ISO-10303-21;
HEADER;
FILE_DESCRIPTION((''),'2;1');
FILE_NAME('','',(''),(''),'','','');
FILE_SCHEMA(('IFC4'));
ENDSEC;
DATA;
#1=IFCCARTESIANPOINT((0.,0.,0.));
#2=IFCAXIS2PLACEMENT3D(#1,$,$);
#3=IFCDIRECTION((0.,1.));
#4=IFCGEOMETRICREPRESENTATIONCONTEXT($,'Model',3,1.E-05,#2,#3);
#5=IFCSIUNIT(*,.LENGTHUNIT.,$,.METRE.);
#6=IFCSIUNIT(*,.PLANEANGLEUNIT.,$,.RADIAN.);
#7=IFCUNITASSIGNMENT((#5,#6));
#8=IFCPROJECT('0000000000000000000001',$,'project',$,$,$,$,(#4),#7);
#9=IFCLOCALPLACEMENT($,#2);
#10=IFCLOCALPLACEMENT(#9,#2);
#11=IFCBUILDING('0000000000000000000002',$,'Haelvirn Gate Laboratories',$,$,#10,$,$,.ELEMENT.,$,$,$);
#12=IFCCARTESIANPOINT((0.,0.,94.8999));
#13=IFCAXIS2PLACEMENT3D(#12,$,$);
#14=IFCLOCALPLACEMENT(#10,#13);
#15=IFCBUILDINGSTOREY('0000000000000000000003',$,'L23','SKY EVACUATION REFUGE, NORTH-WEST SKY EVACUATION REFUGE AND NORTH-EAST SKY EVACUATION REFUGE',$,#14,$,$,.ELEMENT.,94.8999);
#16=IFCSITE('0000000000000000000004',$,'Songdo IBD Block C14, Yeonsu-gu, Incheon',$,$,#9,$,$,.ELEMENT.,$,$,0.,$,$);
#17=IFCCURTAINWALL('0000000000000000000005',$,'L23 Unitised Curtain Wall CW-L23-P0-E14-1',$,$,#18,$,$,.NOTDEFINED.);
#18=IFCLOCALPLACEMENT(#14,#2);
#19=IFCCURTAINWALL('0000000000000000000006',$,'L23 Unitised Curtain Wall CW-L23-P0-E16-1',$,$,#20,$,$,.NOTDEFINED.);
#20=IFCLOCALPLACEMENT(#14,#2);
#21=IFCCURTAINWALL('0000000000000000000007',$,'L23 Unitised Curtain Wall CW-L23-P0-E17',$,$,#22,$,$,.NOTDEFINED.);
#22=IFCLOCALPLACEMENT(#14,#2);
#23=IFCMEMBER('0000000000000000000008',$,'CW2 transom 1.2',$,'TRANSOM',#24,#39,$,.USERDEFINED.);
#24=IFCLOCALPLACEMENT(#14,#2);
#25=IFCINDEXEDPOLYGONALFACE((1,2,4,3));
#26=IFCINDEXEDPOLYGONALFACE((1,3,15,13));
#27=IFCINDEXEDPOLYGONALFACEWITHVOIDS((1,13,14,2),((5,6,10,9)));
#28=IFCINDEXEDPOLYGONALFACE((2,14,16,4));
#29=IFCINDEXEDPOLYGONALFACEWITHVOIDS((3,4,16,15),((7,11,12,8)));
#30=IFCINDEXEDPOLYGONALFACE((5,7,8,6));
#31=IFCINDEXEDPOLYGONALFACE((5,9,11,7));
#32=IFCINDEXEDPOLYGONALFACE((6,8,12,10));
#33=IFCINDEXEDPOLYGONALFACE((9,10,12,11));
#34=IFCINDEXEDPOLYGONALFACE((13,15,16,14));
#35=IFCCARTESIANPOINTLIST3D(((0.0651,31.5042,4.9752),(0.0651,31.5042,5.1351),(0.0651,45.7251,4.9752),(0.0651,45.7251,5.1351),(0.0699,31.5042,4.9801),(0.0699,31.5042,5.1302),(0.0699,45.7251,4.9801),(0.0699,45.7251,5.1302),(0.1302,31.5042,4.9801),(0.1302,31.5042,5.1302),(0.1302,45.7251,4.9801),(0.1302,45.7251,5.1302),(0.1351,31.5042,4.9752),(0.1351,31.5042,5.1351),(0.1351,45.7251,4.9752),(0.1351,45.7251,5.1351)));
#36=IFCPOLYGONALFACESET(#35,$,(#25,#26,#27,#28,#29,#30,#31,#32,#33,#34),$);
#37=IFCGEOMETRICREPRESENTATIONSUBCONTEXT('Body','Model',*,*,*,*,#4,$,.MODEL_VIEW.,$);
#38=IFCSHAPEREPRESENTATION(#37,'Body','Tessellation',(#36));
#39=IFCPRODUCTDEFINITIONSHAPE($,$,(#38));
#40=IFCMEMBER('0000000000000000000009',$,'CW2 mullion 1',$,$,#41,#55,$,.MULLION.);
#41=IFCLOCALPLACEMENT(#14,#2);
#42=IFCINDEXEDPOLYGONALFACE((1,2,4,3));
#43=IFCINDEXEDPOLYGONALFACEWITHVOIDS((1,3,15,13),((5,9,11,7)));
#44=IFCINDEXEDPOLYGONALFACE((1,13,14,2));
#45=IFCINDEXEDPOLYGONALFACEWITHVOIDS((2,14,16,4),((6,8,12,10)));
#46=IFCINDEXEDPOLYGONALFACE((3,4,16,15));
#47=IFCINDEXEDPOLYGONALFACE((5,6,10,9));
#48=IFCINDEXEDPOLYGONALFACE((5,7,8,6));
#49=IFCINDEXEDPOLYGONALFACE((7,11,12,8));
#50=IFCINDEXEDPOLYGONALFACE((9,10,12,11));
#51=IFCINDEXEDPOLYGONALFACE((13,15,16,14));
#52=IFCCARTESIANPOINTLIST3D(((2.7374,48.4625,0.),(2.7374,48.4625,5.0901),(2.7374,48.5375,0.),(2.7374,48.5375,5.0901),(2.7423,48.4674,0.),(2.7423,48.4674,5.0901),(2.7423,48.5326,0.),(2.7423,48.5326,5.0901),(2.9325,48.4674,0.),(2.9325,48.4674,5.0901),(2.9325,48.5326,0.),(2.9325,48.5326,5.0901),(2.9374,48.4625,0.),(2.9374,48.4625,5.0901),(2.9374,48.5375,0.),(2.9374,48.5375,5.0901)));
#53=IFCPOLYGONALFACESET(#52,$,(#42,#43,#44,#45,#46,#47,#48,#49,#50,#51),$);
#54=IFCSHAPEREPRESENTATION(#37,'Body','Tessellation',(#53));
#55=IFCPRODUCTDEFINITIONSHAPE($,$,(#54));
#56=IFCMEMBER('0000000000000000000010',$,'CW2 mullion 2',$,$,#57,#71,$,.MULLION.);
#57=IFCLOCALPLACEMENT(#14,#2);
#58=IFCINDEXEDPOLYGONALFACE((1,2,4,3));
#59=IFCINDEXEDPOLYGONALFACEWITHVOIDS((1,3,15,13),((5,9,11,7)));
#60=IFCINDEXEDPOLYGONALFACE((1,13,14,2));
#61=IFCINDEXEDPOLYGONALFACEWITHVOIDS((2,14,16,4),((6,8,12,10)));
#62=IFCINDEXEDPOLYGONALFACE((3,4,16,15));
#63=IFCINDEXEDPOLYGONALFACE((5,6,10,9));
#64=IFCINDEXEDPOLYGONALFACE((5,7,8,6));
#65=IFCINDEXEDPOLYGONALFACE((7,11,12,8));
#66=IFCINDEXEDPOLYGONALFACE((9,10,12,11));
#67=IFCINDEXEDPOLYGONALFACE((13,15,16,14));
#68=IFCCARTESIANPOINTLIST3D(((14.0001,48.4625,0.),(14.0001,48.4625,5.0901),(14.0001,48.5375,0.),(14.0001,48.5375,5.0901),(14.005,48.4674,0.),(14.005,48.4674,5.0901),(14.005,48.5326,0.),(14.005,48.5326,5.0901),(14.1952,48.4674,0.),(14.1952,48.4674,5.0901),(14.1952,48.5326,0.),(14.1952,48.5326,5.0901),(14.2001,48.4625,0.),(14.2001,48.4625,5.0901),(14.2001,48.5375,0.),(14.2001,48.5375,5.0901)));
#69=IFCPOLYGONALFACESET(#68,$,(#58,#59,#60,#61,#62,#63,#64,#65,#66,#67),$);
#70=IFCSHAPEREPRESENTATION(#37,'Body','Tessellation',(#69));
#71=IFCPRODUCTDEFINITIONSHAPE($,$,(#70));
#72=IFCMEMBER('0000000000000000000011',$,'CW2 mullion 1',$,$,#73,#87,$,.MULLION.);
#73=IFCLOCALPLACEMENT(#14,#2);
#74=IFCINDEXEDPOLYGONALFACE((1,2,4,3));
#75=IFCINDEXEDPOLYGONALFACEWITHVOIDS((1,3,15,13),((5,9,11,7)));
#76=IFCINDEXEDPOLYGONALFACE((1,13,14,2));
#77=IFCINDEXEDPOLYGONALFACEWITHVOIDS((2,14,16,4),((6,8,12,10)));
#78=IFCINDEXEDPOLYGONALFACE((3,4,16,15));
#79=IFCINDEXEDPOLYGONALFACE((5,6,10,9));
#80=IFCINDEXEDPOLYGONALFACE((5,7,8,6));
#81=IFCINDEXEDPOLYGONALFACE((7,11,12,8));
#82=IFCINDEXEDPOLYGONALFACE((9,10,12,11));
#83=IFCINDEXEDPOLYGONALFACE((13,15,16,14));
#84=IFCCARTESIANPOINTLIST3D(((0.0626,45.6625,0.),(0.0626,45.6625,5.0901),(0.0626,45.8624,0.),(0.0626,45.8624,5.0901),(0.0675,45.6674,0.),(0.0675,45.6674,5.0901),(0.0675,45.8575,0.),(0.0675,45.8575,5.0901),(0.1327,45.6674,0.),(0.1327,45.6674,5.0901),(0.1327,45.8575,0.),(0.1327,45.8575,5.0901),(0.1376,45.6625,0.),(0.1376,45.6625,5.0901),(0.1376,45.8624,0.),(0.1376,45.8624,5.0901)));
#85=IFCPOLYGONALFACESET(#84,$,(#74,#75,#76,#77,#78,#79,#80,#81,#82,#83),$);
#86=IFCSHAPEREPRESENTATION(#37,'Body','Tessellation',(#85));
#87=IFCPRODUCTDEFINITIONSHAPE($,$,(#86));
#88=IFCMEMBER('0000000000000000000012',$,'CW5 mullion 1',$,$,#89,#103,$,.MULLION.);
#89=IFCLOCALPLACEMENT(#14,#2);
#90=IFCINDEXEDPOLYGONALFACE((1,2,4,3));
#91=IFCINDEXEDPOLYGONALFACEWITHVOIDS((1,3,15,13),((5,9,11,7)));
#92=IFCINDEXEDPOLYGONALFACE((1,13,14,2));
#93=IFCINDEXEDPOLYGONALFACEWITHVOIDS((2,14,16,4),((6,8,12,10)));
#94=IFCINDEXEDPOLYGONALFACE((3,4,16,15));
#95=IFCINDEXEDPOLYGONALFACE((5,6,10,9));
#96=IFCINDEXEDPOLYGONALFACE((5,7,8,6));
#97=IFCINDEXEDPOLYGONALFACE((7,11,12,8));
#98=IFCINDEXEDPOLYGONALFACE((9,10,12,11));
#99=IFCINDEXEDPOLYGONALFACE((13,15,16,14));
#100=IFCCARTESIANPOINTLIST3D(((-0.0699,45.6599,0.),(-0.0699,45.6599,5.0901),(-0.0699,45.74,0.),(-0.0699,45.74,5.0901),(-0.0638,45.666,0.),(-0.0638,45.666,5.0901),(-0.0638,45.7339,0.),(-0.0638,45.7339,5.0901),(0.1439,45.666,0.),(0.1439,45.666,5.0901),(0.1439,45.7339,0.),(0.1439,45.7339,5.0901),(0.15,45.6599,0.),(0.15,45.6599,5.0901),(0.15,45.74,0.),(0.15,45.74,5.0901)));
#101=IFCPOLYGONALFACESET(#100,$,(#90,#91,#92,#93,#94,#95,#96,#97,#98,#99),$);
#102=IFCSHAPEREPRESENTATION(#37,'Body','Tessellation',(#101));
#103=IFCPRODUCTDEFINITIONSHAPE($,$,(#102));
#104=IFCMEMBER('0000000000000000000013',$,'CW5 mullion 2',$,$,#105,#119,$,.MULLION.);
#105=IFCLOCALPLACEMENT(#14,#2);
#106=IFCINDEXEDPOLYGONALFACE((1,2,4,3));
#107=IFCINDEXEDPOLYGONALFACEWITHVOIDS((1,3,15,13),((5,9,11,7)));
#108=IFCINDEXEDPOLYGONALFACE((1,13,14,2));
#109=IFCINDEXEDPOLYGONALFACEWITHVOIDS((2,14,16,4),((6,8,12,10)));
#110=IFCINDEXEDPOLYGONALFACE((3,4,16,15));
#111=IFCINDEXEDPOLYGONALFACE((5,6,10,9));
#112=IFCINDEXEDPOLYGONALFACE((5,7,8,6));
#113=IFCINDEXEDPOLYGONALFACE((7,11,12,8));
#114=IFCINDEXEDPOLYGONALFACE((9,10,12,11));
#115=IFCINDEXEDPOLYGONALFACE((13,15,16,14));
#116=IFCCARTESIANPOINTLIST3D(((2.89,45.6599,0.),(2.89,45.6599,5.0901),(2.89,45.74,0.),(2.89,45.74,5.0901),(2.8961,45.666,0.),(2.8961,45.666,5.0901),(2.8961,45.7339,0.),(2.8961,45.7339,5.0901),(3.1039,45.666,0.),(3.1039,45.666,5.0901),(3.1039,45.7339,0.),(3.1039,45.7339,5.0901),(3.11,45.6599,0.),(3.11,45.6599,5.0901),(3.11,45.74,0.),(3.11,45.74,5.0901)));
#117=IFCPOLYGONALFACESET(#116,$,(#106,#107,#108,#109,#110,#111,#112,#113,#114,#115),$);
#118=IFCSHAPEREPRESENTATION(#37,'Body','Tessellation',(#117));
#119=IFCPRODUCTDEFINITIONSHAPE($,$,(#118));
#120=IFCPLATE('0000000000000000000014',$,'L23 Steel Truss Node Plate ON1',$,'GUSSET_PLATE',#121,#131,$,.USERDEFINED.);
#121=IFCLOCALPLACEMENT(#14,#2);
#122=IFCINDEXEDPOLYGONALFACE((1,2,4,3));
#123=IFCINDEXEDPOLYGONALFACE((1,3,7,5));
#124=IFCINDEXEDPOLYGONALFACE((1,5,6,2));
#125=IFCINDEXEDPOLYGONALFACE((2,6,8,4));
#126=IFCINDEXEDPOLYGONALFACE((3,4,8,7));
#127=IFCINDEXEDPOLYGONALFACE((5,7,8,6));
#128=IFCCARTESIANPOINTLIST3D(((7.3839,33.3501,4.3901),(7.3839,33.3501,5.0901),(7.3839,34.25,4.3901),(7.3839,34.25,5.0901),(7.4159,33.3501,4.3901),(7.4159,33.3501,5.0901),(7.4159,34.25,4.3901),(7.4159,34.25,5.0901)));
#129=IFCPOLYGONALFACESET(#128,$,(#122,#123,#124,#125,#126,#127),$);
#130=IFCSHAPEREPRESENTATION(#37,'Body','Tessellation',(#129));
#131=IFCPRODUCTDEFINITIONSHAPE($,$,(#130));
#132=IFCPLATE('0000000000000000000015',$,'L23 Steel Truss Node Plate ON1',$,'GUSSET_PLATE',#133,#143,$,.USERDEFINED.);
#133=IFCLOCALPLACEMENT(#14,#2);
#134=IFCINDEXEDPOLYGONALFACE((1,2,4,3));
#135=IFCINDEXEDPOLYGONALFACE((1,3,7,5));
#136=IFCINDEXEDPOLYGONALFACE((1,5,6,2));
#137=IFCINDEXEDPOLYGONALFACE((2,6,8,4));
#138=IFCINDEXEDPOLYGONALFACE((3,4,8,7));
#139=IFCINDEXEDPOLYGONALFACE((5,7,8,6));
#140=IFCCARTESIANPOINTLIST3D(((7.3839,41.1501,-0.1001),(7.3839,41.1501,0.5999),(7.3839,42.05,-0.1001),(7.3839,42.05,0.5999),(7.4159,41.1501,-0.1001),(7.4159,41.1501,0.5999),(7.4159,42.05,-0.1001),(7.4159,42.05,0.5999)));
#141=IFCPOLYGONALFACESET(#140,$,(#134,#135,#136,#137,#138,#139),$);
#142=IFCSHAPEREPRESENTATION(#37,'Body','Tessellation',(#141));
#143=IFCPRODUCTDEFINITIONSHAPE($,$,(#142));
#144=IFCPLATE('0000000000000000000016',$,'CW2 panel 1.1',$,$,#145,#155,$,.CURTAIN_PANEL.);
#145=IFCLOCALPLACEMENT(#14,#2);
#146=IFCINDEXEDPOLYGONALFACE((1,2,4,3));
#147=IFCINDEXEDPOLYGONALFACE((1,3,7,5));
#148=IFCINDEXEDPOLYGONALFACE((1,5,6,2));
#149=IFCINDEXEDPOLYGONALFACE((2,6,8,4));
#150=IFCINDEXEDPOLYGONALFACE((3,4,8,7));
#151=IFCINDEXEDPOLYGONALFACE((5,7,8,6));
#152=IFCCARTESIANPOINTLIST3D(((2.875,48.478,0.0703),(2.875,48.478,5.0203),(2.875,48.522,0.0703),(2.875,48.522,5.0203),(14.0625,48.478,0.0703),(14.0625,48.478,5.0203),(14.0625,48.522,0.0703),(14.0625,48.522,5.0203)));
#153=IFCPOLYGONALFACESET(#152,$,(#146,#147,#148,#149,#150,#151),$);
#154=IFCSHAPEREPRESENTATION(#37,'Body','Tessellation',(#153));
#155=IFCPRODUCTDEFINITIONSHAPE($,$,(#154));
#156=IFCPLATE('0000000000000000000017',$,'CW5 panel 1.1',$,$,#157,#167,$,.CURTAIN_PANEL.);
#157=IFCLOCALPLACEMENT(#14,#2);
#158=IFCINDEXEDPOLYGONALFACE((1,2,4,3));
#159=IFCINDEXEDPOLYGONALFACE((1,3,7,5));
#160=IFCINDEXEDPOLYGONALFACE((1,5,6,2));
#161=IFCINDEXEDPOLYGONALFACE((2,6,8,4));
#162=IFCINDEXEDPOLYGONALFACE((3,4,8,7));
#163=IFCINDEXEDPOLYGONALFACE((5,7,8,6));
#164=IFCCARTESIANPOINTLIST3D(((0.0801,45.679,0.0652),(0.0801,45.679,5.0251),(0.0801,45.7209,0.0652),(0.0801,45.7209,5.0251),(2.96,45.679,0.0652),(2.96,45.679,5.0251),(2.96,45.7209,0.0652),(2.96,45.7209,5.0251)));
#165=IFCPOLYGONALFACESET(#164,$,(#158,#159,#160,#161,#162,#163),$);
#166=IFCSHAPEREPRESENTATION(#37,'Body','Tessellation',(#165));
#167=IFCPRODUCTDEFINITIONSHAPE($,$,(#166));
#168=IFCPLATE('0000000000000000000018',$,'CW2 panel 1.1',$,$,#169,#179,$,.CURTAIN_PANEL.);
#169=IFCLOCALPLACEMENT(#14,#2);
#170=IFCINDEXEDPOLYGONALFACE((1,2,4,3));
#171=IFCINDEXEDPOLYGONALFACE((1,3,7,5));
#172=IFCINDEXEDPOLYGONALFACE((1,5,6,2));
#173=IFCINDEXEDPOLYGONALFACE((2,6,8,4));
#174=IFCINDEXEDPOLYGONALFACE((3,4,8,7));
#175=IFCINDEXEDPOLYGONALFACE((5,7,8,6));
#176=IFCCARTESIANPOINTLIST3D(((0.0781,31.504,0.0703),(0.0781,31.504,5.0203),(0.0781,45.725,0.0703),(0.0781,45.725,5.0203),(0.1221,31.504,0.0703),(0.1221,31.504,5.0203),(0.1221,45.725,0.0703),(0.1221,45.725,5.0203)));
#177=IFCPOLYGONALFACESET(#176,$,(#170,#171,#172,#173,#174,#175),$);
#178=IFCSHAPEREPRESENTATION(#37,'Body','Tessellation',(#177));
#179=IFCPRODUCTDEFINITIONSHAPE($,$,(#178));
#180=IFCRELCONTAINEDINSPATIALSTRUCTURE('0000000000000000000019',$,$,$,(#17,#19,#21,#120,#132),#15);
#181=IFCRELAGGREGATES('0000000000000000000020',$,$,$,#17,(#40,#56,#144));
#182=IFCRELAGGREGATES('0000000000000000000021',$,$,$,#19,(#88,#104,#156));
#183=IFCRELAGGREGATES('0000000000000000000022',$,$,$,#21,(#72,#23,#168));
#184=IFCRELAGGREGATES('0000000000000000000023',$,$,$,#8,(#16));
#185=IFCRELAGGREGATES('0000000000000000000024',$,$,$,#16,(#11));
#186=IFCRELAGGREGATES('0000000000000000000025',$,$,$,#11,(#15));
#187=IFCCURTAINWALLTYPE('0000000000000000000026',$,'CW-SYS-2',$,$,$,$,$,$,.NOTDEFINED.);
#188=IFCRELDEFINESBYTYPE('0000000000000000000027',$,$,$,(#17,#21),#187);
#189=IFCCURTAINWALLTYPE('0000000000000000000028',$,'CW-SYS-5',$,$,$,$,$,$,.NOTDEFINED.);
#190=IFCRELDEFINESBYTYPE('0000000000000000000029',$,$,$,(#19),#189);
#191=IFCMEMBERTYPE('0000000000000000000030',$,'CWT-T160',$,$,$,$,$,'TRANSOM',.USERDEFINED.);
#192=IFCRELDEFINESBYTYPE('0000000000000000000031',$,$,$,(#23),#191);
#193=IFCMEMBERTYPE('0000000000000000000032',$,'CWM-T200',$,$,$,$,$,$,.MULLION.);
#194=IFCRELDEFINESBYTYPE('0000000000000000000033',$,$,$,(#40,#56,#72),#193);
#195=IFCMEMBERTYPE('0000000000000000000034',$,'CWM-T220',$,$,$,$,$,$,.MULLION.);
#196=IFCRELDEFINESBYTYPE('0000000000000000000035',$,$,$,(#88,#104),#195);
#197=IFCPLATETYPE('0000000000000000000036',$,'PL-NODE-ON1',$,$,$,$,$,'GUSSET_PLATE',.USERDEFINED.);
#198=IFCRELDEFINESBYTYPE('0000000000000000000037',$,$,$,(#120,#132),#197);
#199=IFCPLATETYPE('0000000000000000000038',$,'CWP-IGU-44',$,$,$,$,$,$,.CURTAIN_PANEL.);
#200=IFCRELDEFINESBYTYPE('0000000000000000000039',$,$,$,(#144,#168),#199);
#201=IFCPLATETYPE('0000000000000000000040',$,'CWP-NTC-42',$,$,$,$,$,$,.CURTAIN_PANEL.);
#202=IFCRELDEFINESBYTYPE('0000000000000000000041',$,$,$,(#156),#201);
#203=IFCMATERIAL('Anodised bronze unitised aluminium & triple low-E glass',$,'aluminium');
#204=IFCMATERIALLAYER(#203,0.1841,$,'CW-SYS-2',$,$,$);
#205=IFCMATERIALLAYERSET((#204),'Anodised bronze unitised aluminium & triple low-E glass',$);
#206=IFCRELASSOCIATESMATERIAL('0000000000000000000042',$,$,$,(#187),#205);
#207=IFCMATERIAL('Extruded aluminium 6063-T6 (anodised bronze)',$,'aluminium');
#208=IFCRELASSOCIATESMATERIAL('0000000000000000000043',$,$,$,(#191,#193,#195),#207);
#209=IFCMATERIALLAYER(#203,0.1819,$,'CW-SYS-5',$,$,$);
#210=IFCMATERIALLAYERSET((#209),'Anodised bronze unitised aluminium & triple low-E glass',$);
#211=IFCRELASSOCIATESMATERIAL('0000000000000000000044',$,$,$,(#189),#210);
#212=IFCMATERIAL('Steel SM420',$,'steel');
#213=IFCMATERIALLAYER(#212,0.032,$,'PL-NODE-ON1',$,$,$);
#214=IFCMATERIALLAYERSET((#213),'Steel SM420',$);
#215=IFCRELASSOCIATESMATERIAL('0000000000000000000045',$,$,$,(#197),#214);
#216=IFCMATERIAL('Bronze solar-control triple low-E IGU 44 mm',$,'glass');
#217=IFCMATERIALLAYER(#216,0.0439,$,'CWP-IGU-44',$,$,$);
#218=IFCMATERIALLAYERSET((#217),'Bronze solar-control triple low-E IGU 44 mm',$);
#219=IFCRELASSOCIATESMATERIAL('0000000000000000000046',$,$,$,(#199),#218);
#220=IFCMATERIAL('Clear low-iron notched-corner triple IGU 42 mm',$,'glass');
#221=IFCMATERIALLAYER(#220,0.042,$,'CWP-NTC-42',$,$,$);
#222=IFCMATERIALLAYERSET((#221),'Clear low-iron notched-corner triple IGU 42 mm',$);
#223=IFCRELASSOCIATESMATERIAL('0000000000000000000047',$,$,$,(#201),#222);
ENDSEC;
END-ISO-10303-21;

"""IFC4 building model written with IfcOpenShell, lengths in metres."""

from ifc_helpers import new_model, si_unit, direction, frame, origin, origin_2d, place, context, subcontext, project, spatial, rectangle, hollow_rectangle, extrude, source, transform, mapped, material, layer, layer_set, material_profile, profile_set, type_object, type_shapes, element, aggregate, save


model = new_model("IFC4")

# Units and contexts
model_context = context("Model", 3, precision=1e-05, world=origin(), true_north=direction((0.0, 1.0)))
body_context = subcontext(model_context, "Body", "Model", "MODEL_VIEW")
ifc_project = project(units=[si_unit("LENGTHUNIT", "METRE"), si_unit("PLANEANGLEUNIT", "RADIAN")], contexts=[model_context])

# Site, building, storey
site_placement = place(None, origin())
site = spatial("IfcSite", under=ifc_project, at=site_placement, Name="Songdo IBD Block C14, Yeonsu-gu, Incheon", CompositionType="ELEMENT", RefElevation=0.0)
building_placement = place(site_placement, origin())
building = spatial("IfcBuilding", under=site, at=building_placement, Name="Haelvirn Gate Laboratories", CompositionType="ELEMENT")
storey_placement = place(building_placement, frame((0.0, 0.0, 94.8999)))
storey = spatial("IfcBuildingStorey", under=building, at=storey_placement, Name="L23", Description="SKY EVACUATION REFUGE, NORTH-WEST SKY EVACUATION REFUGE AND NORTH-EAST SKY EVACUATION REFUGE", CompositionType="ELEMENT", Elevation=94.8999)

# Shared definitions
ifc_material_1 = material(Name="Steel SM420", Category="steel")

# Curtain walls, member
ifc_material_2 = material(Name="Anodised bronze unitised aluminium & triple low-E glass", Category="aluminium")
ifc_layer_1 = layer(ifc_material_2, 0.1841, Name="CW-SYS-2")
ifc_layer_set_1 = layer_set([ifc_layer_1], Name="Anodised bronze unitised aluminium & triple low-E glass")
curtain_wall_type_1 = type_object("IfcCurtainWallType", Name="CW-SYS-2", PredefinedType="NOTDEFINED", material=ifc_layer_set_1)
curtain_wall_1_placement = place(storey_placement, origin())
curtain_wall_1 = element("IfcCurtainWall", 1, at=curtain_wall_1_placement, inside=storey, type_object=curtain_wall_type_1, Name="L23 Unitised Curtain Wall CW-L23-P0-E14-1", PredefinedType="NOTDEFINED")
ifc_material_3 = material(Name="Extruded aluminium 6063-T6 (anodised bronze)", Category="aluminium")
ifc_material_profile_1 = material_profile(ifc_material_3, hollow_rectangle(XDim=0.0701, YDim=0.1599, WallThickness=0.0049, at=origin_2d()), Name="CWT-160x70x5")
ifc_profile_set_1 = profile_set([ifc_material_profile_1], Name="Extruded aluminium 6063-T6 (anodised bronze)")
member_type_1 = type_object("IfcMemberType", Name="CWT-T160", ElementType="TRANSOM", PredefinedType="USERDEFINED", material=ifc_profile_set_1)
ifc_layer_2 = layer(ifc_material_2, 0.1819, Name="CW-SYS-5")
ifc_layer_set_2 = layer_set([ifc_layer_2], Name="Anodised bronze unitised aluminium & triple low-E glass")
curtain_wall_type_2 = type_object("IfcCurtainWallType", Name="CW-SYS-5", PredefinedType="NOTDEFINED", material=ifc_layer_set_2)
curtain_wall_2_placement = place(storey_placement, origin())
curtain_wall_2 = element("IfcCurtainWall", 2, at=curtain_wall_2_placement, inside=storey, type_object=curtain_wall_type_2, Name="L23 Unitised Curtain Wall CW-L23-P0-E16-1", PredefinedType="NOTDEFINED")
curtain_wall_3_placement = place(storey_placement, origin())
curtain_wall_3 = element("IfcCurtainWall", 3, at=curtain_wall_3_placement, inside=storey, type_object=curtain_wall_type_1, Name="L23 Unitised Curtain Wall CW-L23-P0-E17", PredefinedType="NOTDEFINED")
shared_shape_1 = source(origin(), body_context, "Body", "SweptSolid", [
    extrude(hollow_rectangle(XDim=0.0701, YDim=0.1599, WallThickness=0.0049, at=origin_2d()), origin(), (0.0, 0.0, 1.0), 14.2209),
])
member_1_placement = place(storey_placement, frame((0.1001, 45.7251, 5.0552), z_axis=(0.0, -1.0, 0.0), x_axis=(1.0, 0.0, 0.0)))
member_1 = element("IfcMember", 4, at=member_1_placement, type_object=member_type_1, Name="CW2 transom 1.2", ObjectType="TRANSOM", PredefinedType="USERDEFINED", context=body_context, shape_type="MappedRepresentation", body=[
    mapped(shared_shape_1, transform((0.0, 0.0, 0.0), scale=1.0)),
])

# Members
ifc_material_profile_2 = material_profile(ifc_material_3, hollow_rectangle(XDim=0.075, YDim=0.2, WallThickness=0.0049, at=origin_2d()), Name="CWM-200x75x5")
ifc_profile_set_2 = profile_set([ifc_material_profile_2], Name="Extruded aluminium 6063-T6 (anodised bronze)")
member_type_2 = type_object("IfcMemberType", Name="CWM-T200", PredefinedType="MULLION", material=ifc_profile_set_2)
shared_shape_2 = source(origin(), body_context, "Body", "SweptSolid", [
    extrude(hollow_rectangle(XDim=0.075, YDim=0.2, WallThickness=0.0049, at=origin_2d()), origin(), (0.0, 0.0, 1.0), 5.0901),
])
type_shapes(member_type_2, [shared_shape_2])
member_2_placement = place(storey_placement, frame((2.8374, 48.5, 0.0), z_axis=(0.0, 0.0, 1.0), x_axis=(0.0, 1.0, 0.0)))
member_2 = element("IfcMember", 5, at=member_2_placement, type_object=member_type_2, Name="CW2 mullion 1", PredefinedType="MULLION", context=body_context, shape_type="MappedRepresentation", body=[
    mapped(shared_shape_2, transform((0.0, 0.0, 0.0), scale=1.0)),
])
member_3_placement = place(storey_placement, frame((14.1001, 48.5, 0.0), z_axis=(0.0, 0.0, 1.0), x_axis=(0.0, 1.0, 0.0)))
member_3 = element("IfcMember", 6, at=member_3_placement, type_object=member_type_2, Name="CW2 mullion 2", PredefinedType="MULLION", context=body_context, shape_type="MappedRepresentation", body=[
    mapped(shared_shape_2, transform((0.0, 0.0, 0.0), scale=1.0)),
])
member_4_placement = place(storey_placement, frame((0.1001, 45.7625, 0.0), z_axis=(0.0, 0.0, 1.0), x_axis=(1.0, 0.0, 0.0)))
member_4 = element("IfcMember", 7, at=member_4_placement, type_object=member_type_2, Name="CW2 mullion 1", PredefinedType="MULLION", context=body_context, shape_type="MappedRepresentation", body=[
    mapped(shared_shape_2, transform((0.0, 0.0, 0.0), scale=1.0)),
])
ifc_material_profile_3 = material_profile(ifc_material_3, hollow_rectangle(XDim=0.0801, YDim=0.22, WallThickness=0.0061, at=origin_2d()), Name="CWM-220x80x6")
ifc_profile_set_3 = profile_set([ifc_material_profile_3], Name="Extruded aluminium 6063-T6 (anodised bronze)")
member_type_3 = type_object("IfcMemberType", Name="CWM-T220", PredefinedType="MULLION", material=ifc_profile_set_3)
shared_shape_3 = source(origin(), body_context, "Body", "SweptSolid", [
    extrude(hollow_rectangle(XDim=0.0801, YDim=0.22, WallThickness=0.0061, at=origin_2d()), origin(), (0.0, 0.0, 1.0), 5.0901),
])
type_shapes(member_type_3, [shared_shape_3])
member_5_placement = place(storey_placement, frame((0.04, 45.7, 0.0), z_axis=(0.0, 0.0, 1.0), x_axis=(0.0, 1.0, 0.0)))
member_5 = element("IfcMember", 8, at=member_5_placement, type_object=member_type_3, Name="CW5 mullion 1", PredefinedType="MULLION", context=body_context, shape_type="MappedRepresentation", body=[
    mapped(shared_shape_3, transform((0.0, 0.0, 0.0), scale=1.0)),
])
member_6_placement = place(storey_placement, frame((3.0, 45.7, 0.0), z_axis=(0.0, 0.0, 1.0), x_axis=(0.0, 1.0, 0.0)))
member_6 = element("IfcMember", 9, at=member_6_placement, type_object=member_type_3, Name="CW5 mullion 2", PredefinedType="MULLION", context=body_context, shape_type="MappedRepresentation", body=[
    mapped(shared_shape_3, transform((0.0, 0.0, 0.0), scale=1.0)),
])

# Plates
ifc_layer_3 = layer(ifc_material_1, 0.032, Name="PL-NODE-ON1")
ifc_layer_set_3 = layer_set([ifc_layer_3], Name="Steel SM420")
plate_type_1 = type_object("IfcPlateType", Name="PL-NODE-ON1", ElementType="GUSSET_PLATE", PredefinedType="USERDEFINED", material=ifc_layer_set_3)
shared_shape_4 = source(origin(), body_context, "Body", "SweptSolid", [
    extrude(rectangle(XDim=0.8999, YDim=0.032, at=origin_2d()), origin(), (0.0, 0.0, 1.0), 0.7),
])
type_shapes(plate_type_1, [shared_shape_4])
for number, where, z_axis, x_axis, name in (
    (10, (7.3999, 33.8, 4.3901), (0.0, 0.0, 1.0), (0.0, 1.0, 0.0), "L23 Steel Truss Node Plate ON1"),
    (11, (7.3999, 41.6001, -0.1001), (0.0, 0.0, 1.0), (0.0, 1.0, 0.0), "L23 Steel Truss Node Plate ON1"),
):
    element("IfcPlate", number, at=place(storey_placement, frame(where, z_axis=z_axis, x_axis=x_axis)), inside=storey, type_object=plate_type_1, Name=name, ObjectType="GUSSET_PLATE", PredefinedType="USERDEFINED", context=body_context, shape_type="MappedRepresentation", body=[
        mapped(shared_shape_4, transform((0.0, 0.0, 0.0), scale=1.0)),
    ])

# Plates
ifc_material_4 = material(Name="Bronze solar-control triple low-E IGU 44 mm", Category="glass")
ifc_layer_4 = layer(ifc_material_4, 0.0439, Name="CWP-IGU-44")
ifc_layer_set_4 = layer_set([ifc_layer_4], Name="Bronze solar-control triple low-E IGU 44 mm")
plate_type_2 = type_object("IfcPlateType", Name="CWP-IGU-44", PredefinedType="CURTAIN_PANEL", material=ifc_layer_set_4)
shared_shape_5 = source(origin(), body_context, "Body", "SweptSolid", [
    extrude(rectangle(XDim=11.1875, YDim=0.0439, at=origin_2d()), origin(), (0.0, 0.0, 1.0), 4.95),
])
plate_1_placement = place(storey_placement, frame((8.4688, 48.5, 0.0703), z_axis=(0.0, 0.0, 1.0), x_axis=(1.0, 0.0, 0.0)))
plate_1 = element("IfcPlate", 12, at=plate_1_placement, type_object=plate_type_2, Name="CW2 panel 1.1", PredefinedType="CURTAIN_PANEL", context=body_context, shape_type="MappedRepresentation", body=[
    mapped(shared_shape_5, transform((0.0, 0.0, 0.0), scale=1.0)),
])
aggregate(curtain_wall_1, [member_2, member_3, plate_1])
ifc_material_5 = material(Name="Clear low-iron notched-corner triple IGU 42 mm", Category="glass")
ifc_layer_5 = layer(ifc_material_5, 0.042, Name="CWP-NTC-42")
ifc_layer_set_5 = layer_set([ifc_layer_5], Name="Clear low-iron notched-corner triple IGU 42 mm")
plate_type_3 = type_object("IfcPlateType", Name="CWP-NTC-42", PredefinedType="CURTAIN_PANEL", material=ifc_layer_set_5)
shared_shape_6 = source(origin(), body_context, "Body", "SweptSolid", [
    extrude(rectangle(XDim=2.8799, YDim=0.042, at=origin_2d()), origin(), (0.0, 0.0, 1.0), 4.96),
])
type_shapes(plate_type_3, [shared_shape_6])
plate_2_placement = place(storey_placement, frame((1.52, 45.7, 0.0652), z_axis=(0.0, 0.0, 1.0), x_axis=(1.0, 0.0, 0.0)))
plate_2 = element("IfcPlate", 13, at=plate_2_placement, type_object=plate_type_3, Name="CW5 panel 1.1", PredefinedType="CURTAIN_PANEL", context=body_context, shape_type="MappedRepresentation", body=[
    mapped(shared_shape_6, transform((0.0, 0.0, 0.0), scale=1.0)),
])
aggregate(curtain_wall_2, [member_5, member_6, plate_2])
shared_shape_7 = source(origin(), body_context, "Body", "SweptSolid", [
    extrude(rectangle(XDim=14.2209, YDim=0.0439, at=origin_2d()), origin(), (0.0, 0.0, 1.0), 4.95),
])
type_shapes(plate_type_2, [shared_shape_5, shared_shape_7])
plate_3_placement = place(storey_placement, frame((0.1001, 38.6145, 0.0703), z_axis=(0.0, 0.0, 1.0), x_axis=(0.0, -1.0, 0.0)))
plate_3 = element("IfcPlate", 14, at=plate_3_placement, type_object=plate_type_2, Name="CW2 panel 1.1", PredefinedType="CURTAIN_PANEL", context=body_context, shape_type="MappedRepresentation", body=[
    mapped(shared_shape_7, transform((0.0, 0.0, 0.0), scale=1.0)),
])
aggregate(curtain_wall_3, [member_4, member_1, plate_3])

save(model, "model.ifc")
